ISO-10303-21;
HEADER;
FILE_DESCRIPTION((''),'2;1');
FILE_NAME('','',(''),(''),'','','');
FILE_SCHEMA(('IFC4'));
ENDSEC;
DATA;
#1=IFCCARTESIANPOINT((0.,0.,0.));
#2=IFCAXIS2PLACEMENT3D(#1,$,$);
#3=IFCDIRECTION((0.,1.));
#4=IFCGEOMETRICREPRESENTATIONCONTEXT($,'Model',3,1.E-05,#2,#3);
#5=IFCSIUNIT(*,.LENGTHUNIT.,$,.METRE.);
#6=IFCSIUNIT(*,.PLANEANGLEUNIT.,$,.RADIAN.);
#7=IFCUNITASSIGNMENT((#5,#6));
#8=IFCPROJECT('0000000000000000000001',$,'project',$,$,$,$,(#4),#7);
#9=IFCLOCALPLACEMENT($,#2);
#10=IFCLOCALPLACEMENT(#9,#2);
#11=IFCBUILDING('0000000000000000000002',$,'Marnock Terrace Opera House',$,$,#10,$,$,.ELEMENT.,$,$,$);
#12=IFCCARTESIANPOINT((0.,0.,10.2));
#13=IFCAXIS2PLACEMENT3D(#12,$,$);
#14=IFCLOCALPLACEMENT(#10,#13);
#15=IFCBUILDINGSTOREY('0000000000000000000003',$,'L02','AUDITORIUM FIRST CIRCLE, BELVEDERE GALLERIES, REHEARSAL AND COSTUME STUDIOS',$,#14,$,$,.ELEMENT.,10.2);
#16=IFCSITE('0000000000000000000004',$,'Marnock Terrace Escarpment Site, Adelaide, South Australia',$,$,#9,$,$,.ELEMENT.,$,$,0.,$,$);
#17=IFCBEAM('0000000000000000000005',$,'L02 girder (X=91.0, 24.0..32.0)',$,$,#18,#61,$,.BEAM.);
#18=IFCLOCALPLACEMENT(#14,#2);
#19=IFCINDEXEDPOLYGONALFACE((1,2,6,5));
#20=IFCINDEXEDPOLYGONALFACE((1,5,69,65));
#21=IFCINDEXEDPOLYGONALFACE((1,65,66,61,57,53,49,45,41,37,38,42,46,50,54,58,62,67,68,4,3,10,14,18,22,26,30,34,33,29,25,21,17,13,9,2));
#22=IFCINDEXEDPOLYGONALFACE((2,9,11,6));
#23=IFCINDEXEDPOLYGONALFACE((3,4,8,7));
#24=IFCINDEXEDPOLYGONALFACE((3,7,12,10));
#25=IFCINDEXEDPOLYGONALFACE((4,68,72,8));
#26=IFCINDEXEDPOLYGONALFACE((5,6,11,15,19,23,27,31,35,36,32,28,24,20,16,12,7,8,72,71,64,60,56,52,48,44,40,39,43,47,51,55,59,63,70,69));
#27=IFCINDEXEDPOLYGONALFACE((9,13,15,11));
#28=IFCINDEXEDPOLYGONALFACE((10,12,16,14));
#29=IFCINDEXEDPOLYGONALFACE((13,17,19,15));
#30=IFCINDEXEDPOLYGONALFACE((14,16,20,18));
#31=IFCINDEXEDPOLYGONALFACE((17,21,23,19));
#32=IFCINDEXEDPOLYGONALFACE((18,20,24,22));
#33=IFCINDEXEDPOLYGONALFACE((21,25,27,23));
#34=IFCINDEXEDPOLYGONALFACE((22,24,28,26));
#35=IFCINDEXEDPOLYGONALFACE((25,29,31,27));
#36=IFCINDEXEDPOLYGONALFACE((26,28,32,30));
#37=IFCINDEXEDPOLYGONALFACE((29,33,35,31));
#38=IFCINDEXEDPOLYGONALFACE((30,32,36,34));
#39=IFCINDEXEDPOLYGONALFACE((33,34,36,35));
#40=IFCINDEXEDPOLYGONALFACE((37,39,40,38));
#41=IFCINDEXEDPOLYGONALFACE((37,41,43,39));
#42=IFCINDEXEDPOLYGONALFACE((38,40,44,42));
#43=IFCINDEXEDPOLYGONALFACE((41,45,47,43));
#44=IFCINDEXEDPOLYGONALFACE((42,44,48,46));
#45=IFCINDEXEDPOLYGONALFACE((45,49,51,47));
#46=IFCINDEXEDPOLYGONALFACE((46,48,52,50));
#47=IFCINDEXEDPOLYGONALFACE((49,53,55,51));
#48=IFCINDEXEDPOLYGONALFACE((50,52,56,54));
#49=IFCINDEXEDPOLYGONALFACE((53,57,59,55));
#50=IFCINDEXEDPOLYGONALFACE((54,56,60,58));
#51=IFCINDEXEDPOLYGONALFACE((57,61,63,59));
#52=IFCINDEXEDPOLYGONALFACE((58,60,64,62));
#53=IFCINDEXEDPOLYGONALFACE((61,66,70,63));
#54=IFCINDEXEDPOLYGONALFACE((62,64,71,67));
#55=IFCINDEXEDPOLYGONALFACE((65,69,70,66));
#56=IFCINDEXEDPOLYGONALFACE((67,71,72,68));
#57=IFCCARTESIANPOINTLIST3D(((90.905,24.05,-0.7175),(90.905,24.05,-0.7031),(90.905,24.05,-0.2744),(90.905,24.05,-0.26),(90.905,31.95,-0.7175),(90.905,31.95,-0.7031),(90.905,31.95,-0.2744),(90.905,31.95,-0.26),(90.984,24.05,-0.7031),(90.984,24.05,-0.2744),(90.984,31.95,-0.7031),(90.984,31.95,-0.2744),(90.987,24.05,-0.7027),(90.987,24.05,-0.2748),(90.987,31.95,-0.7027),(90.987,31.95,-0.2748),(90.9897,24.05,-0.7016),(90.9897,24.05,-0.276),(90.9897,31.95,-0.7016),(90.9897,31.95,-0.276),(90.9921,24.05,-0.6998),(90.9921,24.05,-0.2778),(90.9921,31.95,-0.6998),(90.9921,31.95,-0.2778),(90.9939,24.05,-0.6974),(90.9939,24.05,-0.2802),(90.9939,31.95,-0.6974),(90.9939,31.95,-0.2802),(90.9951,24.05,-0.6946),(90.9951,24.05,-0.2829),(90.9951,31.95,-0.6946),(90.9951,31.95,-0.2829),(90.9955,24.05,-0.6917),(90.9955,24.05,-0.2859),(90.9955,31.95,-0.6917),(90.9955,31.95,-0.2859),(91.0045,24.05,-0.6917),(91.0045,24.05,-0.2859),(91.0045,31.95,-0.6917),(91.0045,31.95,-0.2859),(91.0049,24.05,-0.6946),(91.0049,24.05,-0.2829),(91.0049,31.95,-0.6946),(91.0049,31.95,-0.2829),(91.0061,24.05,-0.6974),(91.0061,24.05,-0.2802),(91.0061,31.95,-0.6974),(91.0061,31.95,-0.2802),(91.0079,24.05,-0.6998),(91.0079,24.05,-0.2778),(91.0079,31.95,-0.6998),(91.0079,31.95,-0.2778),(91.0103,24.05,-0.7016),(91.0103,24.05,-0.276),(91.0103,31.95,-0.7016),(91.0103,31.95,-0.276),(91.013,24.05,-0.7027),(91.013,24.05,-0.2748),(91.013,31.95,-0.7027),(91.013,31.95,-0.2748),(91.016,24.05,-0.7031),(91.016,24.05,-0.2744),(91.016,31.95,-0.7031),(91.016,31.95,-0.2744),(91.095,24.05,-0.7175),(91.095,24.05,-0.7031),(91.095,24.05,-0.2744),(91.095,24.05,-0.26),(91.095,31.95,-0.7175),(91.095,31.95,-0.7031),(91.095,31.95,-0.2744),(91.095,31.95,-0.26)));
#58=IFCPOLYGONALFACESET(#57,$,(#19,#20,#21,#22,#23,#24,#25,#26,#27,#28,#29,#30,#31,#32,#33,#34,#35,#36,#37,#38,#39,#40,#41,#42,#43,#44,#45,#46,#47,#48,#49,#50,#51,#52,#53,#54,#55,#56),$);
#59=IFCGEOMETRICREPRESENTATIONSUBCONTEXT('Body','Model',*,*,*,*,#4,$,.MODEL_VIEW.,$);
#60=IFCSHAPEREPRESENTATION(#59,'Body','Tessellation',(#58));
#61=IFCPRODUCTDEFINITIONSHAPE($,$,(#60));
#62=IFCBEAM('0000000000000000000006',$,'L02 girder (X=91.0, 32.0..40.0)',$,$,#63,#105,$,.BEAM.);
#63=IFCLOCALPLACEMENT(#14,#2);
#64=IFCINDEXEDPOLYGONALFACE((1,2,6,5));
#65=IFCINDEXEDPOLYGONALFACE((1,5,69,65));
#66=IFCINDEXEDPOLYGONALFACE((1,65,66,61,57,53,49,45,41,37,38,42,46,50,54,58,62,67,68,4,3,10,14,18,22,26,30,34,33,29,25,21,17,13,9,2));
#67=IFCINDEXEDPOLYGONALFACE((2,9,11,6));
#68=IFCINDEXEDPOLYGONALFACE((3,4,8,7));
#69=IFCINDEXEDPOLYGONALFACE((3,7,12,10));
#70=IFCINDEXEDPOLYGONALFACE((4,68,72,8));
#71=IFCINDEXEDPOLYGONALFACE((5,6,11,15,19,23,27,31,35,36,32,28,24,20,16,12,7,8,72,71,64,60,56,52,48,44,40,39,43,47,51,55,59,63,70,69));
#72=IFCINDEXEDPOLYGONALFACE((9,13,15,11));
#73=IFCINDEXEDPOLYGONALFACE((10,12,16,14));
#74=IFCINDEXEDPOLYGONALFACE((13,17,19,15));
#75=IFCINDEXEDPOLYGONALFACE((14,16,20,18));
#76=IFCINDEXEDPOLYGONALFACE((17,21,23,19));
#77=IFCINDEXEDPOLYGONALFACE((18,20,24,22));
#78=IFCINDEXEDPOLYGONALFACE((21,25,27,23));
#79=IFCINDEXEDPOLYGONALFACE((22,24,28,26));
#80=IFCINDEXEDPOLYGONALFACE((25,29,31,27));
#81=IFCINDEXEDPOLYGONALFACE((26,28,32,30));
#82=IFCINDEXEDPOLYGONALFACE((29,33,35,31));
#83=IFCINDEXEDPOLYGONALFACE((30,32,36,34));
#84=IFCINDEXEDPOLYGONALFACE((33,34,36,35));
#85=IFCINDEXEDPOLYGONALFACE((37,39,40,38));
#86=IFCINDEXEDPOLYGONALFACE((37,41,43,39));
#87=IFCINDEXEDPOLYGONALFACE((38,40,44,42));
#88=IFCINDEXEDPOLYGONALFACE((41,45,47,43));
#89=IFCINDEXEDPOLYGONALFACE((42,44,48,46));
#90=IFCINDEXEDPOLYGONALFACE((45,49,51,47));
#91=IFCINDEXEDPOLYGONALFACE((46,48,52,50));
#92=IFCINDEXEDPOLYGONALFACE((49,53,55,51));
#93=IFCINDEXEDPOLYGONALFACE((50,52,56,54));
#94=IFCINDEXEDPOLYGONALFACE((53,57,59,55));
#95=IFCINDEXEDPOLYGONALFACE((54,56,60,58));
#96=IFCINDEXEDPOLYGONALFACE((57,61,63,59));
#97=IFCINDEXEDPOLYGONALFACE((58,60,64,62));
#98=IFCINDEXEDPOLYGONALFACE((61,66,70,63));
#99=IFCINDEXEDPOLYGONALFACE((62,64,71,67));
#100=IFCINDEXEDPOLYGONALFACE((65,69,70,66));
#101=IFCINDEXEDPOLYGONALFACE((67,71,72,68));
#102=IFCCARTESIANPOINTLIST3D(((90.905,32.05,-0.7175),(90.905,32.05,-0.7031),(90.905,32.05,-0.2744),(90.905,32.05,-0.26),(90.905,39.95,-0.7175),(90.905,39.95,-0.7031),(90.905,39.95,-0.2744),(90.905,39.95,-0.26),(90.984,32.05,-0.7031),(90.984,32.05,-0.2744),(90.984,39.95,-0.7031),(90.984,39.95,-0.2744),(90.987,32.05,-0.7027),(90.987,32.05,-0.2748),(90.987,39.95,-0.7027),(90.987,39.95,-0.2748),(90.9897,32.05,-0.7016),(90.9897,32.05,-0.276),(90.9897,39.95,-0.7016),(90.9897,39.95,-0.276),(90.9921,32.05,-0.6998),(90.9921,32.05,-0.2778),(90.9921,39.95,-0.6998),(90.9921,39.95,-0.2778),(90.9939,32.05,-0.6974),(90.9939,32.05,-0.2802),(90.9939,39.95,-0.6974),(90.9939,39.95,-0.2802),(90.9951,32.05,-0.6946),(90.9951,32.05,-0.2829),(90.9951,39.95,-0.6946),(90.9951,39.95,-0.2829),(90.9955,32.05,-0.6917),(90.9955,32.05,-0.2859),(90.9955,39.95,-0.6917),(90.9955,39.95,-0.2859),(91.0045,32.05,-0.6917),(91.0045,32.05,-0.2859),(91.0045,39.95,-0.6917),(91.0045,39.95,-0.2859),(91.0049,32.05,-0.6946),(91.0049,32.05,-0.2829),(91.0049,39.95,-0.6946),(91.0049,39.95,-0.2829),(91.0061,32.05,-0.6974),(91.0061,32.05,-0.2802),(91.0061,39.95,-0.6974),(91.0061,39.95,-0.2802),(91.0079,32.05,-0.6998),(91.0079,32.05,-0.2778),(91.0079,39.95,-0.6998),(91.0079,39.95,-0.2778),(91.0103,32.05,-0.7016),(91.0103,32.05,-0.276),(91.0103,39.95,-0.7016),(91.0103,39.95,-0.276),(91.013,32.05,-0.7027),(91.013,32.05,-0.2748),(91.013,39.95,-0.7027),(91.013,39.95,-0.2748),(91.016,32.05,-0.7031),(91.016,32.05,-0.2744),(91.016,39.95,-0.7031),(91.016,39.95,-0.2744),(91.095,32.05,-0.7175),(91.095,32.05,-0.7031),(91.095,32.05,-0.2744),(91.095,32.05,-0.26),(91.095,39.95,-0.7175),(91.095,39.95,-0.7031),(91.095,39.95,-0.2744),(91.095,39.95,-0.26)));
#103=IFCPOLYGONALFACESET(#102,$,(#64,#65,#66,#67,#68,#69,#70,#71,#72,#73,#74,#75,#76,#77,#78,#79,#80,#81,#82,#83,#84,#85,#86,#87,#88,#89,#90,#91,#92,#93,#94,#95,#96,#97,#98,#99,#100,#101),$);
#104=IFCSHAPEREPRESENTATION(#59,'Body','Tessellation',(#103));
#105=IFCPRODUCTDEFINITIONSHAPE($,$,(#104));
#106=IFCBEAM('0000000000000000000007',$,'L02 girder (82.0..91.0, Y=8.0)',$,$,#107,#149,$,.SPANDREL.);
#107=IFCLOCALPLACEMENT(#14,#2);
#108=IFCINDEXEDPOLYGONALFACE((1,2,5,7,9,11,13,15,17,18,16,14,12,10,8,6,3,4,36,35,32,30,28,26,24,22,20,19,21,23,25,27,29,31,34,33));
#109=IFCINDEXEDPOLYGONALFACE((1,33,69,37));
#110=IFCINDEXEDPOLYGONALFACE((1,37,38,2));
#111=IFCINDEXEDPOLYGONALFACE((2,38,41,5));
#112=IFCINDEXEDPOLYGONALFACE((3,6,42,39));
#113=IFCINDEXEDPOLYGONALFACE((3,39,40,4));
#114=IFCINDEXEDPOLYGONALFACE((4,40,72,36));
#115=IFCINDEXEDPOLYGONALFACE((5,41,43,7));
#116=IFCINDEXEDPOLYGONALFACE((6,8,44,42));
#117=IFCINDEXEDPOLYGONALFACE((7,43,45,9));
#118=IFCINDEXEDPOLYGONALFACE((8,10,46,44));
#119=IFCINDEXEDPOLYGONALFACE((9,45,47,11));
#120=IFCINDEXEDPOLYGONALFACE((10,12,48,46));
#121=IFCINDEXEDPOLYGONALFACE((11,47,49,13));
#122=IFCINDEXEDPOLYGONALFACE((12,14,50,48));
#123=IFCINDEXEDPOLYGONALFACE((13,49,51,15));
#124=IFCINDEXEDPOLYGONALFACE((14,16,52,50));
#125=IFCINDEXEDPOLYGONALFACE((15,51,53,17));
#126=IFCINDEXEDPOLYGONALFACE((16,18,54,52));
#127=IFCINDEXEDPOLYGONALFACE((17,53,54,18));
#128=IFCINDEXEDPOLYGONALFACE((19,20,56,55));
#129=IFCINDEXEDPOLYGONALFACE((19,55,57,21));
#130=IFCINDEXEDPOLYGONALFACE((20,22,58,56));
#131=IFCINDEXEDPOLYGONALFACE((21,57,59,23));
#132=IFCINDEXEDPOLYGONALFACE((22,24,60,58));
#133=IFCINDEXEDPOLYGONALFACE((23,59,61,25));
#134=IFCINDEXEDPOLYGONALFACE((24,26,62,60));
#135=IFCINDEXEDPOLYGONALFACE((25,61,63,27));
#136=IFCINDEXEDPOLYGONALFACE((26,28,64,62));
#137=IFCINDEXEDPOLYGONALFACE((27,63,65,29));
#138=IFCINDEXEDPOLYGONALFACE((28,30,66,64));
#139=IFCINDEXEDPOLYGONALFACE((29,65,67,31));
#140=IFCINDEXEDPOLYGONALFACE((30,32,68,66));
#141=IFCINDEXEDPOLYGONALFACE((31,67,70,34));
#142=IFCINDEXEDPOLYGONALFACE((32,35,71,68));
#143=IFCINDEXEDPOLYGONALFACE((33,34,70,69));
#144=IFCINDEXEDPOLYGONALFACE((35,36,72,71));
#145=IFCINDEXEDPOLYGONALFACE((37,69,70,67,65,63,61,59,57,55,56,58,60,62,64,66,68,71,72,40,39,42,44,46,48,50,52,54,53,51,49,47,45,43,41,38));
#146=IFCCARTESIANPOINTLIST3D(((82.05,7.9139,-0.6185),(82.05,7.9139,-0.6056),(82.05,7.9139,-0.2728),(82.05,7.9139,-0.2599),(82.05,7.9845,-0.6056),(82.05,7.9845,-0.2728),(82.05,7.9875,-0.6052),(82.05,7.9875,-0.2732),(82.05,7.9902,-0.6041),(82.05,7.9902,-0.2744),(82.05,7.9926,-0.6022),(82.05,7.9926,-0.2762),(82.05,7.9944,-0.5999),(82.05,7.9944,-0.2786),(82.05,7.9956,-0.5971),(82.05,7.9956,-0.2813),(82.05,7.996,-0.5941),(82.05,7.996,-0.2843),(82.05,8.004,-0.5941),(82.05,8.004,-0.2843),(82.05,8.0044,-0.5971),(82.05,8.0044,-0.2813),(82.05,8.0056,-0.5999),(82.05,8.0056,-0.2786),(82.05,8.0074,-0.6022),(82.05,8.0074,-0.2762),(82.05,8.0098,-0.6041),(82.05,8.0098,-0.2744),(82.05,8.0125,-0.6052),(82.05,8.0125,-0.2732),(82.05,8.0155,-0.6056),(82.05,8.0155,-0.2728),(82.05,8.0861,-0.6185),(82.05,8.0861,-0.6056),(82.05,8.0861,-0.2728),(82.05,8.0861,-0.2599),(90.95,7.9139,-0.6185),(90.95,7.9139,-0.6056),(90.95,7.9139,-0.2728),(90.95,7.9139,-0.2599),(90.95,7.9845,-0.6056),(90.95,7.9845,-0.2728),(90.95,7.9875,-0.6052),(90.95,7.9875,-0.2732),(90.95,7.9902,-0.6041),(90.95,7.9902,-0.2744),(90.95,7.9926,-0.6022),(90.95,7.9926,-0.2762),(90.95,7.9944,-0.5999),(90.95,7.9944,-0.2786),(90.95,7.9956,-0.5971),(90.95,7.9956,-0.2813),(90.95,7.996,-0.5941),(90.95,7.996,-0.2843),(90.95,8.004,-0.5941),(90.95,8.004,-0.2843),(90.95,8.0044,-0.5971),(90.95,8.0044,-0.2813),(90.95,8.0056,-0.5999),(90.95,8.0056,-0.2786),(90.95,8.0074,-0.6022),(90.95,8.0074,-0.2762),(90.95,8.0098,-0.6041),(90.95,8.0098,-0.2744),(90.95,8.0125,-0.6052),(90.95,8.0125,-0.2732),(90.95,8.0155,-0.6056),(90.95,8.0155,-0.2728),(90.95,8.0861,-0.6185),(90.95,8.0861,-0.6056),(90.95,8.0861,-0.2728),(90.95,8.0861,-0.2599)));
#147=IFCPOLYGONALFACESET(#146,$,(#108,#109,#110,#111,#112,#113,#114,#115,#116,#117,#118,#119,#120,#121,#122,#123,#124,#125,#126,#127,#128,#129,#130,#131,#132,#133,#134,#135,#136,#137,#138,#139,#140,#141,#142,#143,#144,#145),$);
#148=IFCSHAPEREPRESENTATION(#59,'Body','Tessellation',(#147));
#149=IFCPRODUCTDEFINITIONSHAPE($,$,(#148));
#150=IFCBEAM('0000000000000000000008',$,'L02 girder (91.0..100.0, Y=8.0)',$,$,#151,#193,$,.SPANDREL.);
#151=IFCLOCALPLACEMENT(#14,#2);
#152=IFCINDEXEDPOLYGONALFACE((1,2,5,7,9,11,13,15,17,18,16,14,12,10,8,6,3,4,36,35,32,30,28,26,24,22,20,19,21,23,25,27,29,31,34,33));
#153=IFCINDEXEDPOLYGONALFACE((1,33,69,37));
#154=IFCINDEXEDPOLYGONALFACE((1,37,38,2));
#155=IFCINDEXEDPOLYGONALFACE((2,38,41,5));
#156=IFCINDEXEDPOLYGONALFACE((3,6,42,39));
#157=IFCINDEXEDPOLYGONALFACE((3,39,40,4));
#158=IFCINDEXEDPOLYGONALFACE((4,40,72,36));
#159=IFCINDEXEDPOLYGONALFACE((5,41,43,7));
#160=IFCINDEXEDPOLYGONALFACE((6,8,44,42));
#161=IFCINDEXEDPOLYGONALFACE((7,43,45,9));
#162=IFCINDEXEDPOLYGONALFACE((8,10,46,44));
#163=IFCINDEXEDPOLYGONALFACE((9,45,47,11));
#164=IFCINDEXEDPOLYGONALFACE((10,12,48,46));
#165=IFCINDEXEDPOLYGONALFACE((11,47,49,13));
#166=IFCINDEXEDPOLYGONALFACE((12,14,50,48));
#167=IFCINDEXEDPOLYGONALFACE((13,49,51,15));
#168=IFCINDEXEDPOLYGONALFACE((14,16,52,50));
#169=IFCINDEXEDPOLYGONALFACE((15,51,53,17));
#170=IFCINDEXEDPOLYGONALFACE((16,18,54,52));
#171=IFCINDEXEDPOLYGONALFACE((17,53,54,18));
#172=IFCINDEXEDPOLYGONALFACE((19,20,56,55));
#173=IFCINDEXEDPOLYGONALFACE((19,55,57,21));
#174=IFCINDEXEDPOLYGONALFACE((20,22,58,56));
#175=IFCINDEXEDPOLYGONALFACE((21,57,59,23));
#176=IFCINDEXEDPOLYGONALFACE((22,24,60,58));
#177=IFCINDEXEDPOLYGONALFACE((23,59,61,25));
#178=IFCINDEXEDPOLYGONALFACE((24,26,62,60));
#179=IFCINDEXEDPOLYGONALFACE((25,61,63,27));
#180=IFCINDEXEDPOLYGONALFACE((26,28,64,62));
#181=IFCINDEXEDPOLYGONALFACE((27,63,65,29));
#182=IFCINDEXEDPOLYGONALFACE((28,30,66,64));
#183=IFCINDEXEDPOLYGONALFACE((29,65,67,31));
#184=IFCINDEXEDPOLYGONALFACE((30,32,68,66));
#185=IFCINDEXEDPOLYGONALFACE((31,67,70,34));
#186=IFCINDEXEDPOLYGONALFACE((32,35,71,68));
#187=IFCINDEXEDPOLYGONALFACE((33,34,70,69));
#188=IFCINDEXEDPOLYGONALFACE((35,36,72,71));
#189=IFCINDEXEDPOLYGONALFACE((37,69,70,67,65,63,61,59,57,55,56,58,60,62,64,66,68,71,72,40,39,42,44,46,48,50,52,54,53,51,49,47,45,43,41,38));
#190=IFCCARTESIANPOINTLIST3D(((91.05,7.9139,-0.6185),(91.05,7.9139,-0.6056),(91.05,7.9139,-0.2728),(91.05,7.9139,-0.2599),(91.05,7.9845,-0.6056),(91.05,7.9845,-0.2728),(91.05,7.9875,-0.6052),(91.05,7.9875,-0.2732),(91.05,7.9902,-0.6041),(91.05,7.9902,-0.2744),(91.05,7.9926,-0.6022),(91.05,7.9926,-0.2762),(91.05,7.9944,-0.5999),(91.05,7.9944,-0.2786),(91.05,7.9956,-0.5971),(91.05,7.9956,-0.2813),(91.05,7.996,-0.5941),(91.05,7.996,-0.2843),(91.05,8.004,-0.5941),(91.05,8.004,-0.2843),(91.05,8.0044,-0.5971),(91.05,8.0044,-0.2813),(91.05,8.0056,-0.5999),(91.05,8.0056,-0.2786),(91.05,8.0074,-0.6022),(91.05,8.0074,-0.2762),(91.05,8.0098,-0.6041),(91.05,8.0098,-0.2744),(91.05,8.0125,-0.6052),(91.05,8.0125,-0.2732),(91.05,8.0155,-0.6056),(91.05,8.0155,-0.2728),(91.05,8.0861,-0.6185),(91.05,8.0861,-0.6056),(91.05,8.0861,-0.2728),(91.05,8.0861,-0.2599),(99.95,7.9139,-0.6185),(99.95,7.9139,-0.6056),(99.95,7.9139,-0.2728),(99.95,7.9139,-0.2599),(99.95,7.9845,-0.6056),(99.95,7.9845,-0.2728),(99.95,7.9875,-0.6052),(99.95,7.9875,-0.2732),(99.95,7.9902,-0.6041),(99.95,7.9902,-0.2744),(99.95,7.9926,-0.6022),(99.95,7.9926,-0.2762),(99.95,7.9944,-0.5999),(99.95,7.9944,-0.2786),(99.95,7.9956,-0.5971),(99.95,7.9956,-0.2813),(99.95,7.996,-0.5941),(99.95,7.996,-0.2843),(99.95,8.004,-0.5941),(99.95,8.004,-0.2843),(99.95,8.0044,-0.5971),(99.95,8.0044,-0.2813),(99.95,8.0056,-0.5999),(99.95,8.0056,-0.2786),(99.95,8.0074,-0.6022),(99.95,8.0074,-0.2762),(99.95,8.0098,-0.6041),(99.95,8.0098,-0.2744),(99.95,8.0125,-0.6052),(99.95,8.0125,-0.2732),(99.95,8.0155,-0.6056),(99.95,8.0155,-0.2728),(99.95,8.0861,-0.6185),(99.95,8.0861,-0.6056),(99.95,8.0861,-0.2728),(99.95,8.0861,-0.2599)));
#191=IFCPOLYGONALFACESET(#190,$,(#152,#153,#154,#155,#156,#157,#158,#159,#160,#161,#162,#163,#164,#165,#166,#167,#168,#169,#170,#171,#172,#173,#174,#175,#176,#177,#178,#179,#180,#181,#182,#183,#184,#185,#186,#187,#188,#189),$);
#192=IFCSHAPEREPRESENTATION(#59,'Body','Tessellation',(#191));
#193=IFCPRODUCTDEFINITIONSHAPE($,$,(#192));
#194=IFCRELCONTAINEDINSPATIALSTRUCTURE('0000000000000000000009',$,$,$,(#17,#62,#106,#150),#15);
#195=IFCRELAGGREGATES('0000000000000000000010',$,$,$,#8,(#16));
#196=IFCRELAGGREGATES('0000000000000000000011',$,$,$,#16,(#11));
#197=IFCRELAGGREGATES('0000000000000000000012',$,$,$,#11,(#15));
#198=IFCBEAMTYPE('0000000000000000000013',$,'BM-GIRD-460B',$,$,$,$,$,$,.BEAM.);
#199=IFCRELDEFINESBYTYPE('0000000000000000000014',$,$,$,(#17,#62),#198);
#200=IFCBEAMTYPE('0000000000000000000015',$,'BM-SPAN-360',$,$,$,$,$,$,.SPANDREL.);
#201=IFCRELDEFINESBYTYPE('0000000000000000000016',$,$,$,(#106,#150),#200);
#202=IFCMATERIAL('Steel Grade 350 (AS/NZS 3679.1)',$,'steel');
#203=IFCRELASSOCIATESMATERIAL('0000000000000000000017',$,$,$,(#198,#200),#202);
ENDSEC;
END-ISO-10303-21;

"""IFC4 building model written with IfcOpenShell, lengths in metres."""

from ifc_helpers import new_model, si_unit, direction, frame, origin, origin_2d, place, context, subcontext, project, spatial, i_section, extrude, material, material_profile, profile_set, type_object, element, save


model = new_model("IFC4")

# Units and contexts
model_context = context("Model", 3, precision=1e-05, world=origin(), true_north=direction((0.0, 1.0)))
body_context = subcontext(model_context, "Body", "Model", "MODEL_VIEW")
ifc_project = project(units=[si_unit("LENGTHUNIT", "METRE"), si_unit("PLANEANGLEUNIT", "RADIAN")], contexts=[model_context])

# Site, building, storey
site_placement = place(None, origin())
site = spatial("IfcSite", under=ifc_project, at=site_placement, Name="Marnock Terrace Escarpment Site, Adelaide, South Australia", CompositionType="ELEMENT", RefElevation=0.0)
building_placement = place(site_placement, origin())
building = spatial("IfcBuilding", under=site, at=building_placement, Name="Marnock Terrace Opera House", CompositionType="ELEMENT")
storey_placement = place(building_placement, frame((0.0, 0.0, 10.2)))
storey = spatial("IfcBuildingStorey", under=building, at=storey_placement, Name="L02", Description="AUDITORIUM FIRST CIRCLE, BELVEDERE GALLERIES, REHEARSAL AND COSTUME STUDIOS", CompositionType="ELEMENT", Elevation=10.2)

# Beams
ifc_material_1 = material(Name="Steel Grade 350 (AS/NZS 3679.1)", Category="steel")
ifc_material_profile_1 = material_profile(ifc_material_1, i_section(OverallWidth=0.1899, OverallDepth=0.4575, WebThickness=0.009, FlangeThickness=0.0144, FilletRadius=0.0115, at=origin_2d()))
ifc_profile_set_1 = profile_set([ifc_material_profile_1], Name="Steel Grade 350 (AS/NZS 3679.1)")
beam_type_1 = type_object("IfcBeamType", Name="BM-GIRD-460B", PredefinedType="BEAM", material=ifc_profile_set_1)
for number, where, z_axis, x_axis, name in (
    (1, (91.0, 24.05, -0.4888), (0.0, 1.0, 0.0), (-1.0, 0.0, 0.0), "L02 girder (X=91.0, 24.0..32.0)"),
    (2, (91.0, 32.05, -0.4888), (0.0, 1.0, 0.0), (-1.0, 0.0, 0.0), "L02 girder (X=91.0, 32.0..40.0)"),
):
    element("IfcBeam", number, at=place(storey_placement, frame(where, z_axis=z_axis, x_axis=x_axis)), inside=storey, type_object=beam_type_1, Name=name, PredefinedType="BEAM", context=body_context, shape_type="SweptSolid", body=[
        extrude(i_section(OverallWidth=0.1899, OverallDepth=0.4575, WebThickness=0.009, FlangeThickness=0.0144, FilletRadius=0.0115, at=origin_2d()), origin(), (0.0, 0.0, 1.0), 7.8999),
    ])
ifc_material_profile_2 = material_profile(ifc_material_1, i_section(OverallWidth=0.1721, OverallDepth=0.3586, WebThickness=0.0081, FlangeThickness=0.0129, FilletRadius=0.0115, at=origin_2d()))
ifc_profile_set_2 = profile_set([ifc_material_profile_2], Name="Steel Grade 350 (AS/NZS 3679.1)")
beam_type_2 = type_object("IfcBeamType", Name="BM-SPAN-360", PredefinedType="SPANDREL", material=ifc_profile_set_2)
for number, where, z_axis, x_axis, name in (
    (3, (82.05, 8.0, -0.4392), (1.0, 0.0, 0.0), (0.0, 1.0, 0.0), "L02 girder (82.0..91.0, Y=8.0)"),
    (4, (91.05, 8.0, -0.4392), (1.0, 0.0, 0.0), (0.0, 1.0, 0.0), "L02 girder (91.0..100.0, Y=8.0)"),
):
    element("IfcBeam", number, at=place(storey_placement, frame(where, z_axis=z_axis, x_axis=x_axis)), inside=storey, type_object=beam_type_2, Name=name, PredefinedType="SPANDREL", context=body_context, shape_type="SweptSolid", body=[
        extrude(i_section(OverallWidth=0.1721, OverallDepth=0.3586, WebThickness=0.0081, FlangeThickness=0.0129, FilletRadius=0.0115, at=origin_2d()), origin(), (0.0, 0.0, 1.0), 8.8999),
    ])

save(model, "model.ifc")
